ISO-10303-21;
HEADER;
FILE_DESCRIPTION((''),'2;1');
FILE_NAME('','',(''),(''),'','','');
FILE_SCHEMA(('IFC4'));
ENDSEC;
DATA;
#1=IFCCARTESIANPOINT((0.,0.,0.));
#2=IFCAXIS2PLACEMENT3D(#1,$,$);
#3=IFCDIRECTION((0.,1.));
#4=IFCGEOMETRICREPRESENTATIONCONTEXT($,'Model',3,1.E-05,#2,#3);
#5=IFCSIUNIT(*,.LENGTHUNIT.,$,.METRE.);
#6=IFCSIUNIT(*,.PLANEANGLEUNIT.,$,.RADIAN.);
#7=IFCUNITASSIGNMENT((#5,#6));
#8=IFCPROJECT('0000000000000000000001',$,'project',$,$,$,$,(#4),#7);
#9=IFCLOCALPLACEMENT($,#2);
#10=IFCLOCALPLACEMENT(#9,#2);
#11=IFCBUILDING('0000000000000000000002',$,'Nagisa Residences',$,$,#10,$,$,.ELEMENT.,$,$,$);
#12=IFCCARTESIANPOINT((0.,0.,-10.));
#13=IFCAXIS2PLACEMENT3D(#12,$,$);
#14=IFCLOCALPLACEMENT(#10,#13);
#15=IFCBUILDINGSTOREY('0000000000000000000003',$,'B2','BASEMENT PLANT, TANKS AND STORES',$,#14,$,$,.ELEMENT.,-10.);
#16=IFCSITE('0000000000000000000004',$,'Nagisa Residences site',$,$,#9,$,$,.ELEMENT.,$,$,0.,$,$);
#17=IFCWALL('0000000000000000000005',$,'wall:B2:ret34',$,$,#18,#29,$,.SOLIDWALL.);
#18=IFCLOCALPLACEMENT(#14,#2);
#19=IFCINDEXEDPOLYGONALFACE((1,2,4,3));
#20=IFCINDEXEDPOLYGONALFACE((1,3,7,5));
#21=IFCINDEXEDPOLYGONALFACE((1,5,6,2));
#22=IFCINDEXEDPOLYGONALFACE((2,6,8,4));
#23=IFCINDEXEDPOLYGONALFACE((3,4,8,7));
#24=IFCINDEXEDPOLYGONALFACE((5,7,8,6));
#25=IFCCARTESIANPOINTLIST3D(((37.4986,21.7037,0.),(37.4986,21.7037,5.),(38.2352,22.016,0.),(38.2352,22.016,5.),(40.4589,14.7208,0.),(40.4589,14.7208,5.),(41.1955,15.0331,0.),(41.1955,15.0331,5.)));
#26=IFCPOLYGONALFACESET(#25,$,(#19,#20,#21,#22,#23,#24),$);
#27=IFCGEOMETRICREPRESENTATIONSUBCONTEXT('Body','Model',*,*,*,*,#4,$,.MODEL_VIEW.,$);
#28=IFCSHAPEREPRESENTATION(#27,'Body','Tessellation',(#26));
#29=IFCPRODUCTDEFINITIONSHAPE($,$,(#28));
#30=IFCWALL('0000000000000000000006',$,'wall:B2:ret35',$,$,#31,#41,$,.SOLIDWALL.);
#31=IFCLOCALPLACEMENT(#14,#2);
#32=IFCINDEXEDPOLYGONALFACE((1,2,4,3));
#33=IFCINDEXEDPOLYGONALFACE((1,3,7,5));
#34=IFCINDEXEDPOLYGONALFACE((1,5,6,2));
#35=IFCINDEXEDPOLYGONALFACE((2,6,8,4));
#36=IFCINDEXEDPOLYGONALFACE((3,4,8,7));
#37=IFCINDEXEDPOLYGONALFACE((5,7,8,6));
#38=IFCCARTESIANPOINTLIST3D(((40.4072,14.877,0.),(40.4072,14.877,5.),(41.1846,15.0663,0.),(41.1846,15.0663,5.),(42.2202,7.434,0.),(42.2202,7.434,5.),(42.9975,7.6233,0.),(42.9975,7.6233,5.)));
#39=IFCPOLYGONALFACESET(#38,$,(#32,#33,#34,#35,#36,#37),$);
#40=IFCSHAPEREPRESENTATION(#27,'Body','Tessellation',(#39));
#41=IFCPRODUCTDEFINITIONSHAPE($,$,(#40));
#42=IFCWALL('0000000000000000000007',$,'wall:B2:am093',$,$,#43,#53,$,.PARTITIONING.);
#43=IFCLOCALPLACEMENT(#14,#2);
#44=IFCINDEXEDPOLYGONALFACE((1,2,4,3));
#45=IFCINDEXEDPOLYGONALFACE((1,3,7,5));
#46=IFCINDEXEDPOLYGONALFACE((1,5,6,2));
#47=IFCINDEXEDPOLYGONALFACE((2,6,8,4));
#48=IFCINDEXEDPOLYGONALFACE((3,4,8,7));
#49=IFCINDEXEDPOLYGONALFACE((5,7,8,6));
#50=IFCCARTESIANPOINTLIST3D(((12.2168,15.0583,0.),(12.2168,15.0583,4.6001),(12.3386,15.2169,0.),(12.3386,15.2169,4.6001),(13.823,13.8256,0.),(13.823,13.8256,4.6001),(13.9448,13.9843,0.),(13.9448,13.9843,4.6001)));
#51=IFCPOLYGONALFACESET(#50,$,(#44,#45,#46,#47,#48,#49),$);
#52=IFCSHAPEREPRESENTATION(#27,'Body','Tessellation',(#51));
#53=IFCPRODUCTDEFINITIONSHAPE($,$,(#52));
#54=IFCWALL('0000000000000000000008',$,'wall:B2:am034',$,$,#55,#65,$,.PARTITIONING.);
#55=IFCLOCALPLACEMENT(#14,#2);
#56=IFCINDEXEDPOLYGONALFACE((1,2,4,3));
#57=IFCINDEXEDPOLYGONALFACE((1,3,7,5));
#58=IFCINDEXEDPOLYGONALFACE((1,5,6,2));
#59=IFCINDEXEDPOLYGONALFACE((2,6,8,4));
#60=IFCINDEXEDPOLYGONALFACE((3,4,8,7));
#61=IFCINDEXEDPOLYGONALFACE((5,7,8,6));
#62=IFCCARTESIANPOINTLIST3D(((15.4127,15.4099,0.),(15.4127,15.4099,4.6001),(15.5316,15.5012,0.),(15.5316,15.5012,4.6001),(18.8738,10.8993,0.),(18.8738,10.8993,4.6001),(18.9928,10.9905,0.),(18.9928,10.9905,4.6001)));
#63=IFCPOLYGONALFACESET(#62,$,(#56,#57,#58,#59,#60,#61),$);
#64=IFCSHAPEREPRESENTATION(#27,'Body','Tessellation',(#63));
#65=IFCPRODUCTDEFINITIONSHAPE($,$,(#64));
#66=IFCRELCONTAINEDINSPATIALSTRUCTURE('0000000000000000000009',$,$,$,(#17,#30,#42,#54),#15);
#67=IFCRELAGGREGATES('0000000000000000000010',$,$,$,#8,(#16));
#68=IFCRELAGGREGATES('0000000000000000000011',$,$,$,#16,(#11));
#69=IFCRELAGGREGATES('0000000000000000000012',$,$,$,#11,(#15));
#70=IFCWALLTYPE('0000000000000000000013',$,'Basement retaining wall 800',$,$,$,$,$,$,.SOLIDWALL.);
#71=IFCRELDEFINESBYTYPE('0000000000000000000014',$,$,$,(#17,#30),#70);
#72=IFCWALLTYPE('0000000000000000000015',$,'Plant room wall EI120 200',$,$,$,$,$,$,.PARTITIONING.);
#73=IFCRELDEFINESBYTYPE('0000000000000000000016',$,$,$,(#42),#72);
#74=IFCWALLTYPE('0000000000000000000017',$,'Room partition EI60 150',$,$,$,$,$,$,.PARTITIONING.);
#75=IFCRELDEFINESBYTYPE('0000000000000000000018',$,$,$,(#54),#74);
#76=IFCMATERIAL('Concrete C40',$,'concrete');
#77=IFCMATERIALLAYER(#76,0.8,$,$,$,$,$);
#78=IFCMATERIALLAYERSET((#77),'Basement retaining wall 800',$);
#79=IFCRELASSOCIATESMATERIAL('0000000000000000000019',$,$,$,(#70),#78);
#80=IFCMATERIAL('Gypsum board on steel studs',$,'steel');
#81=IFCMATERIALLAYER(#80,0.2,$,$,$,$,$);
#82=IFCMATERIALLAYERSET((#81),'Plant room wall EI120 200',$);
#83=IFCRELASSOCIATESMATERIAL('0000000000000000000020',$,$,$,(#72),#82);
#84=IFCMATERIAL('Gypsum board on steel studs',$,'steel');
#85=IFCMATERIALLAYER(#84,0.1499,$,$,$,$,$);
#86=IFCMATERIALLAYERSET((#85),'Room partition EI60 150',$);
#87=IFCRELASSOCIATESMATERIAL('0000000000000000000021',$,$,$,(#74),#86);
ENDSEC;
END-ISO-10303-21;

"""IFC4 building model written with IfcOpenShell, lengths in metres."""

from ifc_helpers import new_model, si_unit, direction, frame, frame_2d, origin, place, context, subcontext, project, spatial, rectangle, extrude, material, layer, layer_set, type_object, element, save


model = new_model("IFC4")

# Units and contexts
model_context = context("Model", 3, precision=1e-05, world=origin(), true_north=direction((0.0, 1.0)))
body_context = subcontext(model_context, "Body", "Model", "MODEL_VIEW")
ifc_project = project(units=[si_unit("LENGTHUNIT", "METRE"), si_unit("PLANEANGLEUNIT", "RADIAN")], contexts=[model_context])

# Site, building, storey
site_placement = place(None, origin())
site = spatial("IfcSite", under=ifc_project, at=site_placement, Name="Nagisa Residences site", CompositionType="ELEMENT", RefElevation=0.0)
building_placement = place(site_placement, origin())
building = spatial("IfcBuilding", under=site, at=building_placement, Name="Nagisa Residences", CompositionType="ELEMENT")
storey_placement = place(building_placement, frame((0.0, 0.0, -10.0)))
storey = spatial("IfcBuildingStorey", under=building, at=storey_placement, Name="B2", Description="BASEMENT PLANT, TANKS AND STORES", CompositionType="ELEMENT", Elevation=-10.0)

# Walls
ifc_material_1 = material(Name="Concrete C40", Category="concrete")
ifc_layer_1 = layer(ifc_material_1, 0.8)
ifc_layer_set_1 = layer_set([ifc_layer_1], Name="Basement retaining wall 800")
wall_type_1 = type_object("IfcWallType", Name="Basement retaining wall 800", PredefinedType="SOLIDWALL", material=ifc_layer_set_1)
wall_1_placement = place(storey_placement, frame((37.8669, 21.8599, 0.0), z_axis=(0.0, 0.0, 1.0), x_axis=(0.390299, -0.920688, 0.0)))
element("IfcWall", 1, at=wall_1_placement, inside=storey, type_object=wall_type_1, Name="wall:B2:ret34", PredefinedType="SOLIDWALL", context=body_context, shape_type="SweptSolid", body=[
    extrude(rectangle(XDim=7.5845, YDim=0.8, at=frame_2d((3.7922, 0.0))), origin(), (0.0, 0.0, 1.0), 5.0),
])
wall_2_placement = place(storey_placement, frame((40.7959, 14.9717, 0.0), z_axis=(0.0, 0.0, 1.0), x_axis=(0.23666, -0.971593, 0.0)))
element("IfcWall", 2, at=wall_2_placement, inside=storey, type_object=wall_type_1, Name="wall:B2:ret35", PredefinedType="SOLIDWALL", context=body_context, shape_type="SweptSolid", body=[
    extrude(rectangle(XDim=7.6606, YDim=0.8, at=frame_2d((3.8303, 0.0))), origin(), (0.0, 0.0, 1.0), 5.0),
])
ifc_material_2 = material(Name="Gypsum board on steel studs", Category="steel")
ifc_layer_2 = layer(ifc_material_2, 0.2)
ifc_layer_set_2 = layer_set([ifc_layer_2], Name="Plant room wall EI120 200")
wall_type_2 = type_object("IfcWallType", Name="Plant room wall EI120 200", PredefinedType="PARTITIONING", material=ifc_layer_set_2)
wall_3_placement = place(storey_placement, frame((13.8838, 13.905, 0.0), z_axis=(0.0, 0.0, 1.0), x_axis=(-0.793309, 0.608819, 0.0)))
element("IfcWall", 3, at=wall_3_placement, inside=storey, type_object=wall_type_2, Name="wall:B2:am093", PredefinedType="PARTITIONING", context=body_context, shape_type="SweptSolid", body=[
    extrude(rectangle(XDim=2.0247, YDim=0.2, at=frame_2d((1.0122, 0.0))), origin(), (0.0, 0.0, 1.0), 4.6001),
])
ifc_material_3 = material(Name="Gypsum board on steel studs", Category="steel")
ifc_layer_3 = layer(ifc_material_3, 0.1499)
ifc_layer_set_3 = layer_set([ifc_layer_3], Name="Room partition EI60 150")
wall_type_3 = type_object("IfcWallType", Name="Room partition EI60 150", PredefinedType="PARTITIONING", material=ifc_layer_set_3)
wall_4_placement = place(storey_placement, frame((15.4722, 15.4556, 0.0), z_axis=(0.0, 0.0, 1.0), x_axis=(0.608758, -0.793356, 0.0)))
element("IfcWall", 4, at=wall_4_placement, inside=storey, type_object=wall_type_3, Name="wall:B2:am034", PredefinedType="PARTITIONING", context=body_context, shape_type="SweptSolid", body=[
    extrude(rectangle(XDim=5.6855, YDim=0.1499, at=frame_2d((2.8428, 0.0))), origin(), (0.0, 0.0, 1.0), 4.6001),
])

save(model, "model.ifc")
